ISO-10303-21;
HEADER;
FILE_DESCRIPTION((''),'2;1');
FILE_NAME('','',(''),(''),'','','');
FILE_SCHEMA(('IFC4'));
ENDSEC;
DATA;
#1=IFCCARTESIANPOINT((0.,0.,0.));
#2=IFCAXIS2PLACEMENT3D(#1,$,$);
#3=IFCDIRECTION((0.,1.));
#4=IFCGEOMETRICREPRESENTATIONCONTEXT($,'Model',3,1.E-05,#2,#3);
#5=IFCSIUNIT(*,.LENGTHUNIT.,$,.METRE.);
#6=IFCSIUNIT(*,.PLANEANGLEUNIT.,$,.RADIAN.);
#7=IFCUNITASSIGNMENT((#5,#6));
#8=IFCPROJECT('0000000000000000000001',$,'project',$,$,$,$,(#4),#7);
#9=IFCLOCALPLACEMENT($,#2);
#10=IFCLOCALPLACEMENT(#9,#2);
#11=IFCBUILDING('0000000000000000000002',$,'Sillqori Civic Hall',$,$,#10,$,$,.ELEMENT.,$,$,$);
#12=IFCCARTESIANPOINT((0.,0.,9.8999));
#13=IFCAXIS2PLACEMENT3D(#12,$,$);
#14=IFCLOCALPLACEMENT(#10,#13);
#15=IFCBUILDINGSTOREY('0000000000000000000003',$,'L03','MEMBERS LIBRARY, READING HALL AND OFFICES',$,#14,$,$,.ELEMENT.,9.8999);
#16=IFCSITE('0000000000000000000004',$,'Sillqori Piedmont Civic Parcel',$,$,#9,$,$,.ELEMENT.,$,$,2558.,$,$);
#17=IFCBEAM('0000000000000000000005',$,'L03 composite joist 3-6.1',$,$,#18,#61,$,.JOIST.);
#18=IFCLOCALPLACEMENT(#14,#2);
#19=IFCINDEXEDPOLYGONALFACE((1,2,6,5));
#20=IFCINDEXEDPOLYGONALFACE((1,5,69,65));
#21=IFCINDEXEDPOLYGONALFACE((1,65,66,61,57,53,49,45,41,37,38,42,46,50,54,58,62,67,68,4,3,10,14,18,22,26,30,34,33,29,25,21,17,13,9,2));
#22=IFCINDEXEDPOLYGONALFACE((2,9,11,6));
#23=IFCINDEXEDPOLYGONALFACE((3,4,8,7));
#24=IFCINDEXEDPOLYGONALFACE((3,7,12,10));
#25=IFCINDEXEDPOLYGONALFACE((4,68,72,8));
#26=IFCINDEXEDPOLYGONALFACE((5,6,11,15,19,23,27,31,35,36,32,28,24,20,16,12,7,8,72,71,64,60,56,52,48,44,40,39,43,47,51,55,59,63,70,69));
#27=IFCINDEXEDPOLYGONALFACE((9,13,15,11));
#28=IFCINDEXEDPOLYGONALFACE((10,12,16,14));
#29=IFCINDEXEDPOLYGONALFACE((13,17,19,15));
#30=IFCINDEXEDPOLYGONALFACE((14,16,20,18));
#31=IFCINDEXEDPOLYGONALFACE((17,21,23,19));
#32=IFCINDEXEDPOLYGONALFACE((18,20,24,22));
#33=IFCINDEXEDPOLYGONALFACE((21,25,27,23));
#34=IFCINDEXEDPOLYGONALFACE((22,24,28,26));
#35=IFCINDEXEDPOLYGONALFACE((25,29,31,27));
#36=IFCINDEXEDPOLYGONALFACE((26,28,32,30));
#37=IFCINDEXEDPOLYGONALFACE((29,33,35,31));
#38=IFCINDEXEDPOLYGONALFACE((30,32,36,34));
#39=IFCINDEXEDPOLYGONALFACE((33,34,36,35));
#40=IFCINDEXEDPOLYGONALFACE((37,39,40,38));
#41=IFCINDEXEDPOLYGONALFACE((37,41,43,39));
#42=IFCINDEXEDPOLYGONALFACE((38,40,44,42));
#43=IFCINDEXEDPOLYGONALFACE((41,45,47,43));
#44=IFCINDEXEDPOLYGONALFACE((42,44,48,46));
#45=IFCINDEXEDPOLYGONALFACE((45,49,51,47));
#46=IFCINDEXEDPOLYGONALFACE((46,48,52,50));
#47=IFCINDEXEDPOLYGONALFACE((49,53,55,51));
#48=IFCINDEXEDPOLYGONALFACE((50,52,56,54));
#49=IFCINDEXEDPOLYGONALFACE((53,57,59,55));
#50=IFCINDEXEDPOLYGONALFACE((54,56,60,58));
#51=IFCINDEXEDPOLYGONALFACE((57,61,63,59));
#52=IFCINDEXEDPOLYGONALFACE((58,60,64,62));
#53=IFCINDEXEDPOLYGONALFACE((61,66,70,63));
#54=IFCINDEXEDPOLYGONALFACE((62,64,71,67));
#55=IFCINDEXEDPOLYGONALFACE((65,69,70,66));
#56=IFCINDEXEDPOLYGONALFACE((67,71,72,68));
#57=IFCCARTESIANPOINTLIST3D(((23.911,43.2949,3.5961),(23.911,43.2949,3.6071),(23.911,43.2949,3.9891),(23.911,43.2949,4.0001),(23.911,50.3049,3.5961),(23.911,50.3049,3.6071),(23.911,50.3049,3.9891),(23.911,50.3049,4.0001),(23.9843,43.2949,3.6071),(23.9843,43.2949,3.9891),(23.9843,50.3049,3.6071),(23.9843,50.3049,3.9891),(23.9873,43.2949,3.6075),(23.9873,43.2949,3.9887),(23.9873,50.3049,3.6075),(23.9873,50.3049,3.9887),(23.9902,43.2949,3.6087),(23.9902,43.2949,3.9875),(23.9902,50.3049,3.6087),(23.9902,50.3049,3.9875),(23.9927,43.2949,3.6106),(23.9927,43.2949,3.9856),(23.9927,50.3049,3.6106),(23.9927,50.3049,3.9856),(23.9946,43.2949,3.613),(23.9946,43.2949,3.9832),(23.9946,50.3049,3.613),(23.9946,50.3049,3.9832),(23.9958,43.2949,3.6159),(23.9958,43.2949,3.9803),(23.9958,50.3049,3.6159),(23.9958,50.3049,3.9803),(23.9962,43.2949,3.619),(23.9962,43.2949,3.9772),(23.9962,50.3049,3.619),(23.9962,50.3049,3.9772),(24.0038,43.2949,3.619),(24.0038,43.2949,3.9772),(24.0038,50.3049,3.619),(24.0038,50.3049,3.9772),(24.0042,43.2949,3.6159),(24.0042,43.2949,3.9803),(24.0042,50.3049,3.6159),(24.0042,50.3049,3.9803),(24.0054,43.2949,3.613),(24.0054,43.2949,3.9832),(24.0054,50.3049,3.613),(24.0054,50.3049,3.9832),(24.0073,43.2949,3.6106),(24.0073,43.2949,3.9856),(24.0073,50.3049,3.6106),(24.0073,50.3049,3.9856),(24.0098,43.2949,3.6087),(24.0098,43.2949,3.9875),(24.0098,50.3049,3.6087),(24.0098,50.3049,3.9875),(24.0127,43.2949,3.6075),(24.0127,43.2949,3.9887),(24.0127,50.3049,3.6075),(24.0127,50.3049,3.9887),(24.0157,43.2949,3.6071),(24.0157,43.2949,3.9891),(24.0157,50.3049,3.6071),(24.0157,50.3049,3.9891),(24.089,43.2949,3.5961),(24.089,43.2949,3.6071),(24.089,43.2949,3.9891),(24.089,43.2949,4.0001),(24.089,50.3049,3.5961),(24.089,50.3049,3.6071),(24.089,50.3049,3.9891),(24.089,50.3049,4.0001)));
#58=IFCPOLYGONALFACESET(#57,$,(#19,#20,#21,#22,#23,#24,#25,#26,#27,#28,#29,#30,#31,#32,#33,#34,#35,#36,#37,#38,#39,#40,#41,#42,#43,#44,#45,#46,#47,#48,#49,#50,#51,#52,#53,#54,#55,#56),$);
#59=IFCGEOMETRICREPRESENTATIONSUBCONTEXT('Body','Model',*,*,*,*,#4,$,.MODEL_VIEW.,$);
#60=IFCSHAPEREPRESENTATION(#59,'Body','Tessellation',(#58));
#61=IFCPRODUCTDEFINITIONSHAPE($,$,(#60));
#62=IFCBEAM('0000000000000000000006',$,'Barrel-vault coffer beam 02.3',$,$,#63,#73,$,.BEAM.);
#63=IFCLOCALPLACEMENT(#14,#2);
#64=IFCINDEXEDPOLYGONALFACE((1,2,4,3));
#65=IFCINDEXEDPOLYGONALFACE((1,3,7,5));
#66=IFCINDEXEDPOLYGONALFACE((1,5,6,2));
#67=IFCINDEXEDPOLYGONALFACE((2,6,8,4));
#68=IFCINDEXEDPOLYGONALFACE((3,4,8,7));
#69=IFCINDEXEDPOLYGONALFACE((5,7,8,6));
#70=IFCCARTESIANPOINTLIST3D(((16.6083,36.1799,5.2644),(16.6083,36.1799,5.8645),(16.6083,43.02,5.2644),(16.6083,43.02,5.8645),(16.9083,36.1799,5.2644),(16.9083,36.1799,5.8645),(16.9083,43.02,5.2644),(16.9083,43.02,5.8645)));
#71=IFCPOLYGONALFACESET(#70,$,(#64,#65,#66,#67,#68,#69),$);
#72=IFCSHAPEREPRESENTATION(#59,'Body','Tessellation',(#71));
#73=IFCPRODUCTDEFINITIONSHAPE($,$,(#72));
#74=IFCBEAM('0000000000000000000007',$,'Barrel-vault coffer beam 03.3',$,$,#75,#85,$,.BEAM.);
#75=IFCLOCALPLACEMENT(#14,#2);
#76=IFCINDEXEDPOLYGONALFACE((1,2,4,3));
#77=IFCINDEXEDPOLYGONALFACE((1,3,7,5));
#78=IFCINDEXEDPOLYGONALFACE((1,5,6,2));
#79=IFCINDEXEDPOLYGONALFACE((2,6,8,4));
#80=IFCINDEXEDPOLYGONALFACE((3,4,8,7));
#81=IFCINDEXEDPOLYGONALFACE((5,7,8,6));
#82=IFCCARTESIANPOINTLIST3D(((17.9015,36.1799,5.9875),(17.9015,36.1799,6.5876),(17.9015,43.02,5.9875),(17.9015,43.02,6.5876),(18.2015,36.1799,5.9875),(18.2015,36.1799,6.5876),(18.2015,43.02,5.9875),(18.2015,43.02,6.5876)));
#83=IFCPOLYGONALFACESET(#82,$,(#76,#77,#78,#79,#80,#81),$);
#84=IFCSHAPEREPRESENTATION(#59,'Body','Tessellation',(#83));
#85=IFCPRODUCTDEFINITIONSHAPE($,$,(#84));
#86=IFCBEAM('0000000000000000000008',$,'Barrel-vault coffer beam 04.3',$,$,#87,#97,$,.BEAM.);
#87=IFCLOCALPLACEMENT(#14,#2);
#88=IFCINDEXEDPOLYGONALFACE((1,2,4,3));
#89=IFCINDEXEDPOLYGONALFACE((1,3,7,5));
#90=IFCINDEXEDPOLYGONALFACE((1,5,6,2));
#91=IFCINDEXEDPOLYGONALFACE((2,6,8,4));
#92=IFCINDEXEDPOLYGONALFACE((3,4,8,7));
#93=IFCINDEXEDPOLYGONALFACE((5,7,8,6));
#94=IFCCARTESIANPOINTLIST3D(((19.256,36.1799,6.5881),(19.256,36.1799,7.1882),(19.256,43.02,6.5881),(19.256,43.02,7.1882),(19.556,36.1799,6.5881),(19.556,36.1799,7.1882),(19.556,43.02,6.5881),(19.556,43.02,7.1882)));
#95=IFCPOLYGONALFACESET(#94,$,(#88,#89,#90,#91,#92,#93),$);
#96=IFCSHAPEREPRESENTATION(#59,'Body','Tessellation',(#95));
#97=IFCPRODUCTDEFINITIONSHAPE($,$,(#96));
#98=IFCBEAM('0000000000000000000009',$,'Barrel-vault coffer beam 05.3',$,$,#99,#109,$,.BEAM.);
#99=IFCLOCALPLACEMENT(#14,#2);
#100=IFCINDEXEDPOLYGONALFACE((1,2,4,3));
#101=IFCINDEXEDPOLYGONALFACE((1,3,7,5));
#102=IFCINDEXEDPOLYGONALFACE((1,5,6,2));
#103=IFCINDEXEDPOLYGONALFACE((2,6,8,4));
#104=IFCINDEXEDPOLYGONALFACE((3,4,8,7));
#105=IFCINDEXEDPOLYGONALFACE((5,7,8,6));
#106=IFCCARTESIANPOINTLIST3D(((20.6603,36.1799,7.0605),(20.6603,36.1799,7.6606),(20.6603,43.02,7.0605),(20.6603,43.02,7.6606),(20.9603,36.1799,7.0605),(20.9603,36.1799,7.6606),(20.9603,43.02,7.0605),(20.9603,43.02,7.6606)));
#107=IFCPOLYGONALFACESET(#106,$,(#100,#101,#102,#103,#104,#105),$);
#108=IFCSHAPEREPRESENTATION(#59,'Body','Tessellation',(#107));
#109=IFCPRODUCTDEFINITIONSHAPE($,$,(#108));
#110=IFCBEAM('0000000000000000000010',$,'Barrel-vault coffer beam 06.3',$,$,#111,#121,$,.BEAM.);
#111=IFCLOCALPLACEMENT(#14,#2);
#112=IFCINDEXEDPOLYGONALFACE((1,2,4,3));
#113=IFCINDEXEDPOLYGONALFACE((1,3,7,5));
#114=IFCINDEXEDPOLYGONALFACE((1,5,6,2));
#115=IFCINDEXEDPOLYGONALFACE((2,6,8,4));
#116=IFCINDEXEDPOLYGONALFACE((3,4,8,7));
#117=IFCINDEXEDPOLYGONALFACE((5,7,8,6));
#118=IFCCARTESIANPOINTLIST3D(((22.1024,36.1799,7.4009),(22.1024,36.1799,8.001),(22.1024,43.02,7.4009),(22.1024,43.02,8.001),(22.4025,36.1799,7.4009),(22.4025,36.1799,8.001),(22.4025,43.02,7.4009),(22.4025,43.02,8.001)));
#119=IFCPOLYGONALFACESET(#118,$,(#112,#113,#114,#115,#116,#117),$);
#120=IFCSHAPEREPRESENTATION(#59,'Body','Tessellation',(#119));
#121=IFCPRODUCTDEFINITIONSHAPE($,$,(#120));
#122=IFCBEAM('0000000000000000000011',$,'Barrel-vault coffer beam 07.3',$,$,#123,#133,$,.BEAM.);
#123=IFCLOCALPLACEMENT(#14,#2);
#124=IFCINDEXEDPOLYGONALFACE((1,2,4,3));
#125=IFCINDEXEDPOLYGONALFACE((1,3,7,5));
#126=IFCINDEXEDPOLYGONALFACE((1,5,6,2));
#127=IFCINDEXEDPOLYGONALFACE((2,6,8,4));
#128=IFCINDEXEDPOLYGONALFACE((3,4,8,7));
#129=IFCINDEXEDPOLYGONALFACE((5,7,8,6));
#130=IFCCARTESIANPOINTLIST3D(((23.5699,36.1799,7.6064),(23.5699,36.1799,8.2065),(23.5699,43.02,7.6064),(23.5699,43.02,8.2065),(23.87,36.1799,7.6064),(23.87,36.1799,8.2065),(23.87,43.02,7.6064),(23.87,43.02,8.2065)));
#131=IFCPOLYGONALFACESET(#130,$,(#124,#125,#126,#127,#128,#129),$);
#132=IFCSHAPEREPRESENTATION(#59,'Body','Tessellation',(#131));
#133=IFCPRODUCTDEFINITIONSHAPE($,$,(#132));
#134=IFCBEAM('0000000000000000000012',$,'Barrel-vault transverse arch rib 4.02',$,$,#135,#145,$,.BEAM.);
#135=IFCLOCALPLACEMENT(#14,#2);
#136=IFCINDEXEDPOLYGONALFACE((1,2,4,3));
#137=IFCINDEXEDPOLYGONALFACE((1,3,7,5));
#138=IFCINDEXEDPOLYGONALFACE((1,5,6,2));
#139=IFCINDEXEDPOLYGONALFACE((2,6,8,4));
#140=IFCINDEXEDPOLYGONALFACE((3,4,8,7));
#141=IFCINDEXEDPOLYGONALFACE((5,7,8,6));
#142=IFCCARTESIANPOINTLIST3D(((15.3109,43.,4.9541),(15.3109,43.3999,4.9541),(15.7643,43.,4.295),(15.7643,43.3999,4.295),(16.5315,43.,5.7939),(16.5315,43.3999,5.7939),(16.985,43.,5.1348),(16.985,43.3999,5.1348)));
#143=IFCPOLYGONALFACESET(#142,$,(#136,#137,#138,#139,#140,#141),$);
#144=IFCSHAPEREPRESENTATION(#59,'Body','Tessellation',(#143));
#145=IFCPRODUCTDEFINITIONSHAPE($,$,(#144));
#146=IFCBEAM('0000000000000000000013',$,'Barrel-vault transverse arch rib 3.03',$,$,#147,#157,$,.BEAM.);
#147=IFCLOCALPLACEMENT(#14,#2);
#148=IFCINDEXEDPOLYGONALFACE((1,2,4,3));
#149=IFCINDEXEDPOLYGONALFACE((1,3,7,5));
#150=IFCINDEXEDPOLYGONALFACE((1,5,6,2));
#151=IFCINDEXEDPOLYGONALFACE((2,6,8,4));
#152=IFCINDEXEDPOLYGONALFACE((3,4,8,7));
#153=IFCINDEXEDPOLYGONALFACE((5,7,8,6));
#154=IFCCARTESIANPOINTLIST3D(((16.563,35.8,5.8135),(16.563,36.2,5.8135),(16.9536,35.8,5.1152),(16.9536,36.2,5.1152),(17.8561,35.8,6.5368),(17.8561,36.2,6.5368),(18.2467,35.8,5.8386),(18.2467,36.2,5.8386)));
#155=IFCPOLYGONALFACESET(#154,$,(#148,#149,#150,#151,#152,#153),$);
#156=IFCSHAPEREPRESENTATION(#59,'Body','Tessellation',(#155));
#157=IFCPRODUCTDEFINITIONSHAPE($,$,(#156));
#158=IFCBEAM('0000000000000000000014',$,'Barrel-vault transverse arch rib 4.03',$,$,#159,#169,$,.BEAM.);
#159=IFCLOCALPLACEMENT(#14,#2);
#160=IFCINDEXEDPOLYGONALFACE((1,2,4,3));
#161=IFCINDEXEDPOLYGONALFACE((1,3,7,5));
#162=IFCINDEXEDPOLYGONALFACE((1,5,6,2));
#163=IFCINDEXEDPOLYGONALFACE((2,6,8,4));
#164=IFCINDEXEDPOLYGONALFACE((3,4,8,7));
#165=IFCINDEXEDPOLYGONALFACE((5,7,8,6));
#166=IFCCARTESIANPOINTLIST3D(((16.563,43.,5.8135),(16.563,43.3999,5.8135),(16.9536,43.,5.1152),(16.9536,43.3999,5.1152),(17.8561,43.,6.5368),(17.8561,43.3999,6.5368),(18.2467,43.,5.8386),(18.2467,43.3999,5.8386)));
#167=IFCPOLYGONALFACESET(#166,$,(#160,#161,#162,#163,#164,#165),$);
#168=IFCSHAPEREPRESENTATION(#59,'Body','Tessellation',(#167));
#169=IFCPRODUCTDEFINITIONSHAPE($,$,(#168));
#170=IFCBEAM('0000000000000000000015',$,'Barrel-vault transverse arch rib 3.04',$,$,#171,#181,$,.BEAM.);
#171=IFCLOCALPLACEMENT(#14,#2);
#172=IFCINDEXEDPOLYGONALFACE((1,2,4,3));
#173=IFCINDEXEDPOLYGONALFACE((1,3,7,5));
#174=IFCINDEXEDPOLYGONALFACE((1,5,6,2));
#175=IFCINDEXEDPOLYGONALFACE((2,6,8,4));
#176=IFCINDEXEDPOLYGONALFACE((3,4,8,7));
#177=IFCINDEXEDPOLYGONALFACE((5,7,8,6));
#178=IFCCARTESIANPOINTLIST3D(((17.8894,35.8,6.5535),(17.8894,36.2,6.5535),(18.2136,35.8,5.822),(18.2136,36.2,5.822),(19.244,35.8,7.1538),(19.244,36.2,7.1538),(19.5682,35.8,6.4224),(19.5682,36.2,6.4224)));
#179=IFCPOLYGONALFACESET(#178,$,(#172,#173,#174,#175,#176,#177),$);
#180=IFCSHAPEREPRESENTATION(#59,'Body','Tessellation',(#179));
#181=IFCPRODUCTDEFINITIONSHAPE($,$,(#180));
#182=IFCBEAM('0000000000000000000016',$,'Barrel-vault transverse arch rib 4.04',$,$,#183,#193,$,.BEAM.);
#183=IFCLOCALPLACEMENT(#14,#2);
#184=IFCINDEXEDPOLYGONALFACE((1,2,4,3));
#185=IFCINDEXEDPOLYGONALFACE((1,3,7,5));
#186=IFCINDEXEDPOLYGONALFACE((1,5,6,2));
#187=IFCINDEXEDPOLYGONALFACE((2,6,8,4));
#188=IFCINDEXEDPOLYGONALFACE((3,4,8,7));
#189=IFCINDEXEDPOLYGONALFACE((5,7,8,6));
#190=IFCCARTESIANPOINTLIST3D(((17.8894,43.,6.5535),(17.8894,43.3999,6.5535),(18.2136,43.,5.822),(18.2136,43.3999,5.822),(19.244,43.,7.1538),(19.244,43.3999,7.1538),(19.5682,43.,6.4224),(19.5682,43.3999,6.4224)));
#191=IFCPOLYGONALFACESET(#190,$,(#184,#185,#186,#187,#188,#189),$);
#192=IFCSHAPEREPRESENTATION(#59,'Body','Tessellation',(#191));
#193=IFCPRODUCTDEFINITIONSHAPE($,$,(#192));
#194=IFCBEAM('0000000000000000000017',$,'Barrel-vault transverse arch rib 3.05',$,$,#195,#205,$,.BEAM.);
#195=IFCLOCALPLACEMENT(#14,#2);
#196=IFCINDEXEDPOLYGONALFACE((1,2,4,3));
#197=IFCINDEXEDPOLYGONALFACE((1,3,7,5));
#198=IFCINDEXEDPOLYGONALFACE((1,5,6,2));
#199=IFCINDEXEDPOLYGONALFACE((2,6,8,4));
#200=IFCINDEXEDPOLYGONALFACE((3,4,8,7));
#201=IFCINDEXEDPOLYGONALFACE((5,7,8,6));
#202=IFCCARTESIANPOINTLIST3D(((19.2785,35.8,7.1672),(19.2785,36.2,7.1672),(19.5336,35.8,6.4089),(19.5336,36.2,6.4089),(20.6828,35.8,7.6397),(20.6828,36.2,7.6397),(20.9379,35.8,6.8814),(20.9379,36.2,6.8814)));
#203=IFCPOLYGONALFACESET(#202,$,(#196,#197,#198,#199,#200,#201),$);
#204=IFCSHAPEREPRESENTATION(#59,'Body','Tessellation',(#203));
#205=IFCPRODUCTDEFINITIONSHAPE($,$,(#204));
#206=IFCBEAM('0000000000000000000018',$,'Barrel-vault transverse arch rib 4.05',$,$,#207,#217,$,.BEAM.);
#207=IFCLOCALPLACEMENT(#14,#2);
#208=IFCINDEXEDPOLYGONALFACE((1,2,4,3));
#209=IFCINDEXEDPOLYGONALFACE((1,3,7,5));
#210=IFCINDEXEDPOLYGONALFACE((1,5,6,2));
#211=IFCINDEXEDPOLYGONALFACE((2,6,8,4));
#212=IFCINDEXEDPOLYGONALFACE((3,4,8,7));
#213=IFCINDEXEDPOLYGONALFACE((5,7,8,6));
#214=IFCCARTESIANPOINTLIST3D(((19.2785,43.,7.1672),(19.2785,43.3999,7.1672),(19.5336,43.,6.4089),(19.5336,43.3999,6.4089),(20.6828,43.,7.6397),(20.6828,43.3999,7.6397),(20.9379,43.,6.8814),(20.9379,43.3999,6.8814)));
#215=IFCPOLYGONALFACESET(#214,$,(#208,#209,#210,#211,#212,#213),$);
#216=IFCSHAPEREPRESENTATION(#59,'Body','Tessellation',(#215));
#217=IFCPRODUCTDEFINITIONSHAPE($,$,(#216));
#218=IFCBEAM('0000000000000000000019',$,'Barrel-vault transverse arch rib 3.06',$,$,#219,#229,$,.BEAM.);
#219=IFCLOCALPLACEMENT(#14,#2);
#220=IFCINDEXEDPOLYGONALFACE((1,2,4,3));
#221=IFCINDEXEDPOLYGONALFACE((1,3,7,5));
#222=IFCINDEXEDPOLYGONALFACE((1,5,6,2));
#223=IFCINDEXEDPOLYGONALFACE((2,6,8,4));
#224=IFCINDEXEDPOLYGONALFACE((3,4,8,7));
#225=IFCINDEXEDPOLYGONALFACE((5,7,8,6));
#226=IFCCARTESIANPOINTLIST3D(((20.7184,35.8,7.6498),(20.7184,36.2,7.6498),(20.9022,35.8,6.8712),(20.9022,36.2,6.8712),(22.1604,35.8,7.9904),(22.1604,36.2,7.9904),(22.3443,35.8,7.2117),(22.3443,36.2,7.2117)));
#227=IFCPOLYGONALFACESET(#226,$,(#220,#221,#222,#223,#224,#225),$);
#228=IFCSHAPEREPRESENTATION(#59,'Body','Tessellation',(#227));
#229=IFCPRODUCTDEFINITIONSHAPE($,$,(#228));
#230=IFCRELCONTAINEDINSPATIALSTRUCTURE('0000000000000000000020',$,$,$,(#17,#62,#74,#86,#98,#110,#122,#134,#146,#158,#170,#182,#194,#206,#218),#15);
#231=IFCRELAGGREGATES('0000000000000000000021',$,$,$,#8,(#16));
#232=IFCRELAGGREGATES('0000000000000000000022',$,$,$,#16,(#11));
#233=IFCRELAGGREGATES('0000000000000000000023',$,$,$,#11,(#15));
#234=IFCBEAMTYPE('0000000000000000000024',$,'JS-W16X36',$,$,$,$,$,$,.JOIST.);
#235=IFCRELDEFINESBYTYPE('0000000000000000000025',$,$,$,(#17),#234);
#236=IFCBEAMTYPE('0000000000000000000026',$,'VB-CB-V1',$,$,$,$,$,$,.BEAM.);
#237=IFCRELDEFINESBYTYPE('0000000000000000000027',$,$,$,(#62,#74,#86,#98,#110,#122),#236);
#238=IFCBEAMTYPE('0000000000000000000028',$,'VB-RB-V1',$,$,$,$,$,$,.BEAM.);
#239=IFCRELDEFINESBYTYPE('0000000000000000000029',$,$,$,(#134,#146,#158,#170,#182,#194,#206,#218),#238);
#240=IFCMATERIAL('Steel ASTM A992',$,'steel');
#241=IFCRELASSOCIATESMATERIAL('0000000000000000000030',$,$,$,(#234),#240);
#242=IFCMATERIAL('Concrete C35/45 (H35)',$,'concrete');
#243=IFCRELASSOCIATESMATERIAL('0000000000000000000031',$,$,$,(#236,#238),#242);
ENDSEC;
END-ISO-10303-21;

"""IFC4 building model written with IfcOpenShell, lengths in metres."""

from ifc_helpers import new_model, si_unit, direction, frame, origin, origin_2d, place, context, subcontext, project, spatial, rectangle, i_section, extrude, material, material_profile, profile_set, type_object, element, save


model = new_model("IFC4")

# Units and contexts
model_context = context("Model", 3, precision=1e-05, world=origin(), true_north=direction((0.0, 1.0)))
body_context = subcontext(model_context, "Body", "Model", "MODEL_VIEW")
ifc_project = project(units=[si_unit("LENGTHUNIT", "METRE"), si_unit("PLANEANGLEUNIT", "RADIAN")], contexts=[model_context])

# Site, building, storey
site_placement = place(None, origin())
site = spatial("IfcSite", under=ifc_project, at=site_placement, Name="Sillqori Piedmont Civic Parcel", CompositionType="ELEMENT", RefElevation=2558.0)
building_placement = place(site_placement, origin())
building = spatial("IfcBuilding", under=site, at=building_placement, Name="Sillqori Civic Hall", CompositionType="ELEMENT")
storey_placement = place(building_placement, frame((0.0, 0.0, 9.8999)))
storey = spatial("IfcBuildingStorey", under=building, at=storey_placement, Name="L03", Description="MEMBERS LIBRARY, READING HALL AND OFFICES", CompositionType="ELEMENT", Elevation=9.8999)

# Shared definitions
ifc_material_1 = material(Name="Concrete C35/45 (H35)", Category="concrete")

# Beams
ifc_material_2 = material(Name="Steel ASTM A992", Category="steel")
ifc_material_profile_1 = material_profile(ifc_material_2, i_section(OverallWidth=0.178, OverallDepth=0.4041, WebThickness=0.0076, FlangeThickness=0.011, FilletRadius=0.012, at=origin_2d()), Name="W16X36")
ifc_profile_set_1 = profile_set([ifc_material_profile_1], Name="Steel ASTM A992")
beam_type_1 = type_object("IfcBeamType", Name="JS-W16X36", PredefinedType="JOIST", material=ifc_profile_set_1)
for number, where, z_axis, x_axis, name in (
    (1, (24.0, 43.2949, 3.7981), (0.0, 1.0, 0.0), (-1.0, 0.0, 0.0), "L03 composite joist 3-6.1"),
):
    element("IfcBeam", number, at=place(storey_placement, frame(where, z_axis=z_axis, x_axis=x_axis)), inside=storey, type_object=beam_type_1, Name=name, PredefinedType="JOIST", context=body_context, shape_type="SweptSolid", body=[
        extrude(i_section(OverallWidth=0.178, OverallDepth=0.4041, WebThickness=0.0076, FlangeThickness=0.011, FilletRadius=0.012, at=origin_2d()), origin(), (0.0, 0.0, 1.0), 7.01),
    ])
ifc_material_profile_2 = material_profile(ifc_material_1, rectangle(XDim=0.3, YDim=0.6001, at=origin_2d()), Name="RC 300x600")
ifc_profile_set_2 = profile_set([ifc_material_profile_2], Name="Concrete C35/45 (H35)")
beam_type_2 = type_object("IfcBeamType", Name="VB-CB-V1", PredefinedType="BEAM", material=ifc_profile_set_2)
for number, where, z_axis, x_axis, name in (
    (2, (16.7583, 36.1799, 5.5645), (0.0, 1.0, 0.0), (-1.0, 0.0, 0.0), "Barrel-vault coffer beam 02.3"),
    (3, (18.0515, 36.1799, 6.2876), (0.0, 1.0, 0.0), (-1.0, 0.0, 0.0), "Barrel-vault coffer beam 03.3"),
    (4, (19.406, 36.1799, 6.8882), (0.0, 1.0, 0.0), (-1.0, 0.0, 0.0), "Barrel-vault coffer beam 04.3"),
    (5, (20.8103, 36.1799, 7.3606), (0.0, 1.0, 0.0), (-1.0, 0.0, 0.0), "Barrel-vault coffer beam 05.3"),
    (6, (22.2524, 36.1799, 7.7009), (0.0, 1.0, 0.0), (-1.0, 0.0, 0.0), "Barrel-vault coffer beam 06.3"),
    (7, (23.72, 36.1799, 7.9065), (0.0, 1.0, 0.0), (-1.0, 0.0, 0.0), "Barrel-vault coffer beam 07.3"),
):
    element("IfcBeam", number, at=place(storey_placement, frame(where, z_axis=z_axis, x_axis=x_axis)), inside=storey, type_object=beam_type_2, Name=name, PredefinedType="BEAM", context=body_context, shape_type="SweptSolid", body=[
        extrude(rectangle(XDim=0.3, YDim=0.6001, at=origin_2d()), origin(), (0.0, 0.0, 1.0), 6.8401),
    ])
ifc_material_profile_3 = material_profile(ifc_material_1, rectangle(XDim=0.3999, YDim=0.8, at=origin_2d()), Name="RC 400x800")
ifc_profile_set_3 = profile_set([ifc_material_profile_3], Name="Concrete C35/45 (H35)")
beam_type_3 = type_object("IfcBeamType", Name="VB-RB-V1", PredefinedType="BEAM", material=ifc_profile_set_3)
for number, where, z_axis, x_axis, name in (
    (8, (15.5376, 43.2, 4.6245), (0.82385, 0.0, 0.566809), (0.0, 1.0, 0.0), "Barrel-vault transverse arch rib 4.02"),
    (9, (16.7583, 36.0, 5.4644), (0.872739, 0.0, 0.488187), (0.0, 1.0, 0.0), "Barrel-vault transverse arch rib 3.03"),
    (10, (16.7583, 43.2, 5.4644), (0.872739, 0.0, 0.488187), (0.0, 1.0, 0.0), "Barrel-vault transverse arch rib 4.03"),
    (11, (18.0515, 36.0, 6.1877), (0.914226, 0.0, 0.405206), (0.0, 1.0, 0.0), "Barrel-vault transverse arch rib 3.04"),
    (12, (18.0515, 43.2, 6.1877), (0.914226, 0.0, 0.405206), (0.0, 1.0, 0.0), "Barrel-vault transverse arch rib 4.04"),
    (13, (19.406, 36.0, 6.7881), (0.947806, 0.0, 0.318847), (0.0, 1.0, 0.0), "Barrel-vault transverse arch rib 3.05"),
    (14, (19.406, 43.2, 6.7881), (0.947806, 0.0, 0.318847), (0.0, 1.0, 0.0), "Barrel-vault transverse arch rib 4.05"),
    (15, (20.8103, 36.0, 7.2605), (0.973229, 0.0, 0.229838), (0.0, 1.0, 0.0), "Barrel-vault transverse arch rib 3.06"),
):
    element("IfcBeam", number, at=place(storey_placement, frame(where, z_axis=z_axis, x_axis=x_axis)), inside=storey, type_object=beam_type_3, Name=name, PredefinedType="BEAM", context=body_context, shape_type="SweptSolid", body=[
        extrude(rectangle(XDim=0.3999, YDim=0.8, at=origin_2d()), origin(), (0.0, 0.0, 1.0), 1.4817),
    ])

save(model, "model.ifc")
